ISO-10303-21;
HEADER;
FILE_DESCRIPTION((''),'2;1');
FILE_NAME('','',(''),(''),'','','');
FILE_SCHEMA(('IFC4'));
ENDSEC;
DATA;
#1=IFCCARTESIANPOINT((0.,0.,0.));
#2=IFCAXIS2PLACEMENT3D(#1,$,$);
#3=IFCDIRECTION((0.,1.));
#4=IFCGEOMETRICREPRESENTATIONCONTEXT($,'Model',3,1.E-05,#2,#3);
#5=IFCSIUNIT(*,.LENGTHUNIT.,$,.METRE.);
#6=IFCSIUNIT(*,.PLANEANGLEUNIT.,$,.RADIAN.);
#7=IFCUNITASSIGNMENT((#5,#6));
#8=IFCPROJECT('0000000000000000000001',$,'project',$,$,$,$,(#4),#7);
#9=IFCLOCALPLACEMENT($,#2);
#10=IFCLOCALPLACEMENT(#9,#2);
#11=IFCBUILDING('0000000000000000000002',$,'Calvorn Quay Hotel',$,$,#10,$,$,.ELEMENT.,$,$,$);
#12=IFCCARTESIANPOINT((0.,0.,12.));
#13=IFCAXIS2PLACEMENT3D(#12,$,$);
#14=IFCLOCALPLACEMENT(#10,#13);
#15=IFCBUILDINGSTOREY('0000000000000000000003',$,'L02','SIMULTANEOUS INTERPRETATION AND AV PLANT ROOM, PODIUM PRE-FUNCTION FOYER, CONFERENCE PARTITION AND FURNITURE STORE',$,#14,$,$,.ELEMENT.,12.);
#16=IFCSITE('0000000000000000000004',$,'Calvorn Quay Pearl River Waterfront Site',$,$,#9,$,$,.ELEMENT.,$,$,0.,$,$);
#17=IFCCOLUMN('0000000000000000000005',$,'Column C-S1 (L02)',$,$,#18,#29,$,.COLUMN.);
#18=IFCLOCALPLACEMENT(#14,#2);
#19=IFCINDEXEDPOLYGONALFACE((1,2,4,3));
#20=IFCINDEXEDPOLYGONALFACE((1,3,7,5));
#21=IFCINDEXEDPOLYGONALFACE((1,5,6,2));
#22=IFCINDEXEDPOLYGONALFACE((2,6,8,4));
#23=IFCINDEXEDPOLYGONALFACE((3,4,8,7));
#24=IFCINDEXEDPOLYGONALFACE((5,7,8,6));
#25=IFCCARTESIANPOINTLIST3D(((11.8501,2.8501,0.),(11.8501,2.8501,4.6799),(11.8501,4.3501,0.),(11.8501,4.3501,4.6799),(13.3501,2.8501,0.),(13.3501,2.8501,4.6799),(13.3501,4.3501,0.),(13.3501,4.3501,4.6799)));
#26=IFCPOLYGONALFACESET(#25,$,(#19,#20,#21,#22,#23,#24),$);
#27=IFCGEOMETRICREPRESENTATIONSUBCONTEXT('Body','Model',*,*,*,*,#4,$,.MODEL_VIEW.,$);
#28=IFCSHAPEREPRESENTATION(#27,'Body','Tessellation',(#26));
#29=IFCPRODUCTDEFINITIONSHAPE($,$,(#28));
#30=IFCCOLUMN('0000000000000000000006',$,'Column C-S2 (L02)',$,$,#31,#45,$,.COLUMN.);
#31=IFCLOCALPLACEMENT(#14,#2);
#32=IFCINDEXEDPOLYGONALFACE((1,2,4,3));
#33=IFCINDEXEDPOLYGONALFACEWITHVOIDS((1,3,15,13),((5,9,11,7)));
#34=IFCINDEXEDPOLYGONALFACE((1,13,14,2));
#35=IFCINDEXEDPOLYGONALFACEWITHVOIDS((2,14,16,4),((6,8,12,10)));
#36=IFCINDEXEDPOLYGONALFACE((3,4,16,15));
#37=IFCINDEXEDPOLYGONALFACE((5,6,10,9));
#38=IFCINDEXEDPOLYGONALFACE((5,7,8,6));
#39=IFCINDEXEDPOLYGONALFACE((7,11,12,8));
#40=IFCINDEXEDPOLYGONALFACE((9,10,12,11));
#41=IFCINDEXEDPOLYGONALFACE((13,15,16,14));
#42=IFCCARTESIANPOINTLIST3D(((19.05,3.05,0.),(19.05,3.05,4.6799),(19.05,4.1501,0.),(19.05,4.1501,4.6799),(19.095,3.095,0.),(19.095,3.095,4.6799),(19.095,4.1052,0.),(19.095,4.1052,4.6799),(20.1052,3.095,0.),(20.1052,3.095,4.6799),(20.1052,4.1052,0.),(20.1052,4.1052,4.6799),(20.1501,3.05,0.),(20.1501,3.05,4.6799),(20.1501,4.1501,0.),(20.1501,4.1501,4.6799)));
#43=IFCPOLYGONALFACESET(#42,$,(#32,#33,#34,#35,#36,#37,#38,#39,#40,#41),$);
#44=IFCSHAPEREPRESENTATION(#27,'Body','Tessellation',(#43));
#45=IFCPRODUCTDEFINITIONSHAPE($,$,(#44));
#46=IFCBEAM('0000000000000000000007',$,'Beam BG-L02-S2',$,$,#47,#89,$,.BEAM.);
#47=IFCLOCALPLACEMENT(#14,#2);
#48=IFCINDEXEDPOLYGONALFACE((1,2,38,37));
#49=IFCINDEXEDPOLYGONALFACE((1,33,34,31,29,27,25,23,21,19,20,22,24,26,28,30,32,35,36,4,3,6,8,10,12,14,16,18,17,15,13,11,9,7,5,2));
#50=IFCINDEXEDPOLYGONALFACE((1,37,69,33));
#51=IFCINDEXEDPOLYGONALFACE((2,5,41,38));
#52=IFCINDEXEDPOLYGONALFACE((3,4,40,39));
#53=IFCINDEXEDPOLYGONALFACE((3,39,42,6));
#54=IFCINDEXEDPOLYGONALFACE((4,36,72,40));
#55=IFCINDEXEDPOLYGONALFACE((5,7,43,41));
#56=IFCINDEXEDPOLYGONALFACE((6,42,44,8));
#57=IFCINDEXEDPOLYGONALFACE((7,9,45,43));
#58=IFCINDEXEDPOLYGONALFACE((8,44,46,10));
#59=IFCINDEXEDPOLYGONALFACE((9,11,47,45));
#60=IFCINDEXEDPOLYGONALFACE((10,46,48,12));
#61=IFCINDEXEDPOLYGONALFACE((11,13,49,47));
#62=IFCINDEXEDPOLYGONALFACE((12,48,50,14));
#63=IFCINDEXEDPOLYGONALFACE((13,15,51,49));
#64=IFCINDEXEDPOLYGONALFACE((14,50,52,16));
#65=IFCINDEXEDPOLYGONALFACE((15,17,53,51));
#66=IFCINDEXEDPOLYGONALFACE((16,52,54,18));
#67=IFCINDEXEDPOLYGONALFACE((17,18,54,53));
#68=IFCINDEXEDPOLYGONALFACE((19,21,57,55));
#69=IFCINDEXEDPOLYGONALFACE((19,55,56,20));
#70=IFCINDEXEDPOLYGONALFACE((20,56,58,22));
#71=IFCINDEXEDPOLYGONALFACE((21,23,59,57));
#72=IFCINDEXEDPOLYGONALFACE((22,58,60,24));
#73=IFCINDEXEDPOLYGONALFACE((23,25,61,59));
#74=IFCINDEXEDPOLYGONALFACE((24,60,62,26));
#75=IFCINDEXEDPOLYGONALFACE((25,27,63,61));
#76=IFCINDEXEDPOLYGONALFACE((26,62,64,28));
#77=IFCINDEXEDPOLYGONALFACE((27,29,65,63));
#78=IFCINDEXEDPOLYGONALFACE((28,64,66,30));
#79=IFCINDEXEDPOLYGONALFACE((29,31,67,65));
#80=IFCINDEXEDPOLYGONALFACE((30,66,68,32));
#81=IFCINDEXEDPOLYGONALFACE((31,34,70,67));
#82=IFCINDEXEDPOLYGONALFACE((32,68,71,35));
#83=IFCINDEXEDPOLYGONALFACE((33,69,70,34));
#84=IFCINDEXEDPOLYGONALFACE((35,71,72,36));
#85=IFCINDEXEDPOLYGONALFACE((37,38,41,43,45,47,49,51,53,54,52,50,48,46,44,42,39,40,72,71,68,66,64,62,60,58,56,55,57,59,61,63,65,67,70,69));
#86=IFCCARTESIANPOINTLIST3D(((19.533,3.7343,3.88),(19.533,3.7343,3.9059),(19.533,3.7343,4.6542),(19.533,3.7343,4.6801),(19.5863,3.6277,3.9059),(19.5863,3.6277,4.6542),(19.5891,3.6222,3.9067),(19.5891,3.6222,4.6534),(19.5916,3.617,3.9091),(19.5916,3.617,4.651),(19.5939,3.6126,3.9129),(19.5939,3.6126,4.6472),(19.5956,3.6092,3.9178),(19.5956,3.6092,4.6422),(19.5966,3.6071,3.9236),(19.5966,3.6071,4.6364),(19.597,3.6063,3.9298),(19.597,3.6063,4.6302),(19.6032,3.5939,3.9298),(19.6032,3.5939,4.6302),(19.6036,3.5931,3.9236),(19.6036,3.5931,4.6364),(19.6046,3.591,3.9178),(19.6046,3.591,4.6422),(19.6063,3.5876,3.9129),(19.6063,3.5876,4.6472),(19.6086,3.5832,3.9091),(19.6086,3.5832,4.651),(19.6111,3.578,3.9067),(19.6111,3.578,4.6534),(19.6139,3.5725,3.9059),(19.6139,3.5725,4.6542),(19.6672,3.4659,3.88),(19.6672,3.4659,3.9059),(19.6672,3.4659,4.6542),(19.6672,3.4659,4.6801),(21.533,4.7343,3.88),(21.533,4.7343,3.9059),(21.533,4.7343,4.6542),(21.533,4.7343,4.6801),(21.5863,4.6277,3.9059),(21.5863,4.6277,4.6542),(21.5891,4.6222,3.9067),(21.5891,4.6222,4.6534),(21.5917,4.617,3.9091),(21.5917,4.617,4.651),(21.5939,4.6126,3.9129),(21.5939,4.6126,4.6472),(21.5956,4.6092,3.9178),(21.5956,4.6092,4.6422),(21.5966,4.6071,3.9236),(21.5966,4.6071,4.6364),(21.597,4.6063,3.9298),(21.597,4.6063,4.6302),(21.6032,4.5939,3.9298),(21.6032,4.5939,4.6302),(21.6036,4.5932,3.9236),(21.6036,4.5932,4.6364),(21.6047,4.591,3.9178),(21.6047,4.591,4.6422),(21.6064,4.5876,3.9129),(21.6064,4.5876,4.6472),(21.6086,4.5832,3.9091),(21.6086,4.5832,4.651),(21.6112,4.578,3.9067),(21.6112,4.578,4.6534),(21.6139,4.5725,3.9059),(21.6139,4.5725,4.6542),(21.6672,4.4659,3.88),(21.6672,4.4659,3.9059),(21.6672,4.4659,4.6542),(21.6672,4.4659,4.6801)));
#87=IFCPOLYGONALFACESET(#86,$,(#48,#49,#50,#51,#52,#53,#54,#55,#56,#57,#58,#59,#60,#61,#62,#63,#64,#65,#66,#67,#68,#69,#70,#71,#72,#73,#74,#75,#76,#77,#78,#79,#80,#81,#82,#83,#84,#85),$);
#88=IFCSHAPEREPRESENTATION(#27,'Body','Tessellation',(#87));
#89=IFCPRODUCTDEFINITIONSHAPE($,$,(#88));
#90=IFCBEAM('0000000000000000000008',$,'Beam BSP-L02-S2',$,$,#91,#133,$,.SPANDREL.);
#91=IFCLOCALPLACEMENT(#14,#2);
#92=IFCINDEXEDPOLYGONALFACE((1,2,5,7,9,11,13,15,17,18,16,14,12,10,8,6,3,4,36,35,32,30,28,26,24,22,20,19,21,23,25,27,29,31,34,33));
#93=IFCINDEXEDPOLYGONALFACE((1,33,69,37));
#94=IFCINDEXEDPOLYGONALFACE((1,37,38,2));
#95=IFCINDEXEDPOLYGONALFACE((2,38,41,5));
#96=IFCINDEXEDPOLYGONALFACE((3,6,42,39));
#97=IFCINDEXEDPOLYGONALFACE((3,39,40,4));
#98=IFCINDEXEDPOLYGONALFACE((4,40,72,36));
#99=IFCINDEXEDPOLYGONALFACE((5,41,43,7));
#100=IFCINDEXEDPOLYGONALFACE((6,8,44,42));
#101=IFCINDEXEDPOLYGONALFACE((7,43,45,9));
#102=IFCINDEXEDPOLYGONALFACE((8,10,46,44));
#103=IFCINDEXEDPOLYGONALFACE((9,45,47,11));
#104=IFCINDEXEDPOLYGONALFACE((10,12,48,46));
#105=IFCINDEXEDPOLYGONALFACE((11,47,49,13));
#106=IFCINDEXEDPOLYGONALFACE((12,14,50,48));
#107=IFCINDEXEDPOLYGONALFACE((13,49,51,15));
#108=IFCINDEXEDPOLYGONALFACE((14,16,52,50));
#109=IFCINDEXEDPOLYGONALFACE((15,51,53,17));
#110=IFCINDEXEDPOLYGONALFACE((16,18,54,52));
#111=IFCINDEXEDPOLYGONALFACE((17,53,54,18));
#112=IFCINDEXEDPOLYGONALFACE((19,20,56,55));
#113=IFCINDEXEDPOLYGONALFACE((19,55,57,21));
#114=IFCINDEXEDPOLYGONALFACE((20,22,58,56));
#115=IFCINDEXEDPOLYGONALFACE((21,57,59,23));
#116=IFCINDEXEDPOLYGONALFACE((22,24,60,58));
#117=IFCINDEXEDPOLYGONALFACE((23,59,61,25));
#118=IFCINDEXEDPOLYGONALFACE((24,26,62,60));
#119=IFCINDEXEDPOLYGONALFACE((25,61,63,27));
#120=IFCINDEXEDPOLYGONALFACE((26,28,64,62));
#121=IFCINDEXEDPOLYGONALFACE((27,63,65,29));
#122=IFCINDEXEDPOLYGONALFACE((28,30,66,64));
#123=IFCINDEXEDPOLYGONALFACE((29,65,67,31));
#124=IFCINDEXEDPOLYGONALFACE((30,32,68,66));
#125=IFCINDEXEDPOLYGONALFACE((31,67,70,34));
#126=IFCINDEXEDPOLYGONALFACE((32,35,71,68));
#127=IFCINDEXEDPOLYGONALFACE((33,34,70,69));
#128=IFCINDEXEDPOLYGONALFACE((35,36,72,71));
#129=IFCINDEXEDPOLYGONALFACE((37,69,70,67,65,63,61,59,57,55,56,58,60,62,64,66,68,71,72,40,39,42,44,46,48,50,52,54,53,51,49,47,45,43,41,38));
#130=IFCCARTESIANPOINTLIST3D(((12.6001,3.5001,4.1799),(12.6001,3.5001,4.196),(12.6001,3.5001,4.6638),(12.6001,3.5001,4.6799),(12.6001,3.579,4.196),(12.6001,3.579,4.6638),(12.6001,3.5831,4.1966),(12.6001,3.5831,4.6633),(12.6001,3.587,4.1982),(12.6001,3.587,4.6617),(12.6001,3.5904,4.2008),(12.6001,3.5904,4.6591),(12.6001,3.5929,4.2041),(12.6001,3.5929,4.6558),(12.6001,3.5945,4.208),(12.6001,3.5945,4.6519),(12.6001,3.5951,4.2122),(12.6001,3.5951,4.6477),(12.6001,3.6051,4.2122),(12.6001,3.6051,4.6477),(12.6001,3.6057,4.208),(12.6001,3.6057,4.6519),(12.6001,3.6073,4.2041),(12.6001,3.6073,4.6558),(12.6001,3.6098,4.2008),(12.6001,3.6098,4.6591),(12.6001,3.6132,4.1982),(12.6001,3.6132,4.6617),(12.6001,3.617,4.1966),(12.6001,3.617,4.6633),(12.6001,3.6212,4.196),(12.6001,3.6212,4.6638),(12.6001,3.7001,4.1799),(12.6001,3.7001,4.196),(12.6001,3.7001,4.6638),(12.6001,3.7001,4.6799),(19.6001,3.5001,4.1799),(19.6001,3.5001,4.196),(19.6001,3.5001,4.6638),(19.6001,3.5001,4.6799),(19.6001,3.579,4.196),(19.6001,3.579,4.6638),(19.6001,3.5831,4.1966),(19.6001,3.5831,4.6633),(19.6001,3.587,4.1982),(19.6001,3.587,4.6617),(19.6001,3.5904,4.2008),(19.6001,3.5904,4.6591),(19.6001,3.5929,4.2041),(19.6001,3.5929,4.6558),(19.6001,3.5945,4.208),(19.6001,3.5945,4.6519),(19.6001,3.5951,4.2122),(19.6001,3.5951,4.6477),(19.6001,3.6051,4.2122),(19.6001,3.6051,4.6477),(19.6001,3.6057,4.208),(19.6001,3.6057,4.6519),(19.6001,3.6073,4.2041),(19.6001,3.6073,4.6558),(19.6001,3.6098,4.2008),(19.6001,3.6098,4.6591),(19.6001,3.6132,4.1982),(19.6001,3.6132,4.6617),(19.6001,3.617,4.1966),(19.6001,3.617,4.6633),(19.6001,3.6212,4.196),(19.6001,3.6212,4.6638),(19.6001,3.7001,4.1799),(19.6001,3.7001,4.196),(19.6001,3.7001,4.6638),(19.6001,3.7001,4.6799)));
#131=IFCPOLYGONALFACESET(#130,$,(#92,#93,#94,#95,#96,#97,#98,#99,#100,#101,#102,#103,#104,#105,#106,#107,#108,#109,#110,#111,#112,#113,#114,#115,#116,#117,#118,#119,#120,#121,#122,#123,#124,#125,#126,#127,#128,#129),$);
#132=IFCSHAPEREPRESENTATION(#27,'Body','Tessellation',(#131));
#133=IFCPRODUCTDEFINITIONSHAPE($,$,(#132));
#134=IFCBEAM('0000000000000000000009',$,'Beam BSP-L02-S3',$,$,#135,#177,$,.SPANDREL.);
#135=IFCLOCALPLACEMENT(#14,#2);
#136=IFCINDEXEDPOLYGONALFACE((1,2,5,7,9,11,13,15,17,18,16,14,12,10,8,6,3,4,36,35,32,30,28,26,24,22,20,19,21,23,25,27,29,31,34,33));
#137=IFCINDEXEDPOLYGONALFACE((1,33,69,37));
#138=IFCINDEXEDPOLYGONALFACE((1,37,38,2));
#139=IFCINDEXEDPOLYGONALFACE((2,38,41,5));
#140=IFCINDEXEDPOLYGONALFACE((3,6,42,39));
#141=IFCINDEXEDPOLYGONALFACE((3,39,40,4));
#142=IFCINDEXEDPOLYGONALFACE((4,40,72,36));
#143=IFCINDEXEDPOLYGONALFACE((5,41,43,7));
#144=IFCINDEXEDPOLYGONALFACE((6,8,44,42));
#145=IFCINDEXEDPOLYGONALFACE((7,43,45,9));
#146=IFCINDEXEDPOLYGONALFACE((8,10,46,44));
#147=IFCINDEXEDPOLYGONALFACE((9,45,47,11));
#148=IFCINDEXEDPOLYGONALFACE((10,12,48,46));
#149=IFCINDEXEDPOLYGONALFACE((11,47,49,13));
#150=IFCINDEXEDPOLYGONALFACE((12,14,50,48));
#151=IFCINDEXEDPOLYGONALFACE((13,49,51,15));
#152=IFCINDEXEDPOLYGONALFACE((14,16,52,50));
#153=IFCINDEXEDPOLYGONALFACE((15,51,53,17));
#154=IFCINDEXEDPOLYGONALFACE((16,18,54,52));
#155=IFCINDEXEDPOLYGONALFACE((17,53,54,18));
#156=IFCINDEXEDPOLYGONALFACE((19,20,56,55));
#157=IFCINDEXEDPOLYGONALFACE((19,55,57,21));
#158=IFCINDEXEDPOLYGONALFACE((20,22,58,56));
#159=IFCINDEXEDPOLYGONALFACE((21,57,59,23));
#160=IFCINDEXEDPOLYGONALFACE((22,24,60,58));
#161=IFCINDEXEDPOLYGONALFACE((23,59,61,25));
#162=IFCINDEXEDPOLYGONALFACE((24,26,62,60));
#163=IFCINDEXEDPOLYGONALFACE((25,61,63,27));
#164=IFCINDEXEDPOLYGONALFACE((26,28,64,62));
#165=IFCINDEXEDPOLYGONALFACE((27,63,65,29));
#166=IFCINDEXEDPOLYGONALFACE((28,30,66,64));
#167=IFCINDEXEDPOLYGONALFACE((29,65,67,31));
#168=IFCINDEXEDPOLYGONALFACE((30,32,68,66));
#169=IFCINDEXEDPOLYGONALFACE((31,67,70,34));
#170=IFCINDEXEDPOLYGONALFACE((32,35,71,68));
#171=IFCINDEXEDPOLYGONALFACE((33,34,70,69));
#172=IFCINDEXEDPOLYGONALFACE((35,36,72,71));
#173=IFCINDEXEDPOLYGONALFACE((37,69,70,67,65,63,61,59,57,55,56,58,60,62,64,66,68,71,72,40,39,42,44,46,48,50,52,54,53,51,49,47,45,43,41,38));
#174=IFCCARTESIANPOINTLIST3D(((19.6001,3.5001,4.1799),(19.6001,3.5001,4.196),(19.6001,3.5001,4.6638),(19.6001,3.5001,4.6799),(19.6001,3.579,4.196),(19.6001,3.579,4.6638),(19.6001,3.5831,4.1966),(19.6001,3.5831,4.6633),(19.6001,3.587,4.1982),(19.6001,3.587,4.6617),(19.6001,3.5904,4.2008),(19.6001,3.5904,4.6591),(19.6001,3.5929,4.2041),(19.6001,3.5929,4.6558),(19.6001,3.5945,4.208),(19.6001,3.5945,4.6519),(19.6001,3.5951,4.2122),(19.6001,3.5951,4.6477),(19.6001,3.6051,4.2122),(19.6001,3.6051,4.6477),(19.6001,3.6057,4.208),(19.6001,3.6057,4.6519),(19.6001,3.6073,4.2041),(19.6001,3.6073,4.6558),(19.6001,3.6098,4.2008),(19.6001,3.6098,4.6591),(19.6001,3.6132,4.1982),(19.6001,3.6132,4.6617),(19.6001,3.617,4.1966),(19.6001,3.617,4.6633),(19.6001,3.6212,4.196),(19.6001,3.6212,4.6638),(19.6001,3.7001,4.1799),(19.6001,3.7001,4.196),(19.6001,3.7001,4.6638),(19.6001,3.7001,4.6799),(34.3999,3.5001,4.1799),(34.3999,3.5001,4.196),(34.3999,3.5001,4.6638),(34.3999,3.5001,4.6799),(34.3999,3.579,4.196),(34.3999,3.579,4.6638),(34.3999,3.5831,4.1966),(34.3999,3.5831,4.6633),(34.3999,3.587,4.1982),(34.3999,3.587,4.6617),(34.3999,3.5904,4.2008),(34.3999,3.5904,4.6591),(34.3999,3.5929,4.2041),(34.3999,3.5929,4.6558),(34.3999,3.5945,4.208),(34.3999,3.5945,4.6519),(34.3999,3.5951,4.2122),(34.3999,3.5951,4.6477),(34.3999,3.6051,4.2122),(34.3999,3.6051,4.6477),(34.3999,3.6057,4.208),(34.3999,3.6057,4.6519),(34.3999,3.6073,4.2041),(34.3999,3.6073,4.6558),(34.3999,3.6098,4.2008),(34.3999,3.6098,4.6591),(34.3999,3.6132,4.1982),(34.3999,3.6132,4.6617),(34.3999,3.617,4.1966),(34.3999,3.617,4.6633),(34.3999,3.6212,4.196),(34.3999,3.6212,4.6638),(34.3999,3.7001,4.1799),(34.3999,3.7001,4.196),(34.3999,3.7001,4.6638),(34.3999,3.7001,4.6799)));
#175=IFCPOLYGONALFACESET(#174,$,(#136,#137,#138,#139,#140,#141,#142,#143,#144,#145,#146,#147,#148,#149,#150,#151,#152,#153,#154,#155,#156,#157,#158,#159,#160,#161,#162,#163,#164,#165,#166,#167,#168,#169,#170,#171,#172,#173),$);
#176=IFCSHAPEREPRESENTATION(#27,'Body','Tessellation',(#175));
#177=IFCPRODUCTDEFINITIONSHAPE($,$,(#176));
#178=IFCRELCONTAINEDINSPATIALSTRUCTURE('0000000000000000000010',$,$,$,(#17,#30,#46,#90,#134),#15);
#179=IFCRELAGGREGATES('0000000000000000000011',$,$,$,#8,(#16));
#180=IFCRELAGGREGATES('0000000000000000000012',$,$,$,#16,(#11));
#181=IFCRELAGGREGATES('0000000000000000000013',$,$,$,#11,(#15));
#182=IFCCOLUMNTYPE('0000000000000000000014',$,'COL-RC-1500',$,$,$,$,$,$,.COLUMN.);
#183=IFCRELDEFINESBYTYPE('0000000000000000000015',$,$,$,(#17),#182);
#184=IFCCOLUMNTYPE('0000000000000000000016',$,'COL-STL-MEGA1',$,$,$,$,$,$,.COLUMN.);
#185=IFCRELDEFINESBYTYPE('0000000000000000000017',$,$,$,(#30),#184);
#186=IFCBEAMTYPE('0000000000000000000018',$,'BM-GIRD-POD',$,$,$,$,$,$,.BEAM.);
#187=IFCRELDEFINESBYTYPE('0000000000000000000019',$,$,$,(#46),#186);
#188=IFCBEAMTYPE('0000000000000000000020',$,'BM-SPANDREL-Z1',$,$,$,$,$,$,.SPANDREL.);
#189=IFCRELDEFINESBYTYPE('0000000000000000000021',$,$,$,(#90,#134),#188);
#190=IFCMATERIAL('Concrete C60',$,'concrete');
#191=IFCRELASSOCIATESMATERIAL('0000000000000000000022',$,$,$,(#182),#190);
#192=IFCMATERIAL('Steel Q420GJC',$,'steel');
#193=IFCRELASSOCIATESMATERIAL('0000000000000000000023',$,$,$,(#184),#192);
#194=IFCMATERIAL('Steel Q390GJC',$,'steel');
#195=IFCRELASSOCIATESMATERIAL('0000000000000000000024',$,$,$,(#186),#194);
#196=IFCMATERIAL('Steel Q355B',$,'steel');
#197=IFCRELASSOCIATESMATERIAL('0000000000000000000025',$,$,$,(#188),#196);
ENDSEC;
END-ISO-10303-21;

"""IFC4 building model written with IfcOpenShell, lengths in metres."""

from ifc_helpers import new_model, si_unit, direction, frame, origin, origin_2d, place, context, subcontext, project, spatial, rectangle, hollow_rectangle, i_section, extrude, material, material_profile, profile_set, type_object, element, save


model = new_model("IFC4")

# Units and contexts
model_context = context("Model", 3, precision=1e-05, world=origin(), true_north=direction((0.0, 1.0)))
body_context = subcontext(model_context, "Body", "Model", "MODEL_VIEW")
ifc_project = project(units=[si_unit("LENGTHUNIT", "METRE"), si_unit("PLANEANGLEUNIT", "RADIAN")], contexts=[model_context])

# Site, building, storey
site_placement = place(None, origin())
site = spatial("IfcSite", under=ifc_project, at=site_placement, Name="Calvorn Quay Pearl River Waterfront Site", CompositionType="ELEMENT", RefElevation=0.0)
building_placement = place(site_placement, origin())
building = spatial("IfcBuilding", under=site, at=building_placement, Name="Calvorn Quay Hotel", CompositionType="ELEMENT")
storey_placement = place(building_placement, frame((0.0, 0.0, 12.0)))
storey = spatial("IfcBuildingStorey", under=building, at=storey_placement, Name="L02", Description="SIMULTANEOUS INTERPRETATION AND AV PLANT ROOM, PODIUM PRE-FUNCTION FOYER, CONFERENCE PARTITION AND FURNITURE STORE", CompositionType="ELEMENT", Elevation=12.0)

# Columns
ifc_material_1 = material(Name="Concrete C60", Category="concrete")
ifc_material_profile_1 = material_profile(ifc_material_1, rectangle(XDim=1.5, YDim=1.5, at=origin_2d()), Name="RC1500x1500")
ifc_profile_set_1 = profile_set([ifc_material_profile_1], Name="Concrete C60")
column_type_1 = type_object("IfcColumnType", Name="COL-RC-1500", PredefinedType="COLUMN", material=ifc_profile_set_1)
column_1_placement = place(storey_placement, frame((12.6001, 3.6001, 0.0), z_axis=(0.0, 0.0, 1.0), x_axis=(1.0, 0.0, 0.0)))
element("IfcColumn", 1, at=column_1_placement, inside=storey, type_object=column_type_1, Name="Column C-S1 (L02)", PredefinedType="COLUMN", context=body_context, shape_type="SweptSolid", body=[
    extrude(rectangle(XDim=1.5, YDim=1.5, at=origin_2d()), origin(), (0.0, 0.0, 1.0), 4.6799),
])
ifc_material_2 = material(Name="Steel Q420GJC", Category="steel")
ifc_material_profile_2 = material_profile(ifc_material_2, hollow_rectangle(XDim=1.1001, YDim=1.1001, WallThickness=0.0449, at=origin_2d()), Name="BOX1100x1100x45")
ifc_profile_set_2 = profile_set([ifc_material_profile_2], Name="Steel Q420GJC")
column_type_2 = type_object("IfcColumnType", Name="COL-STL-MEGA1", PredefinedType="COLUMN", material=ifc_profile_set_2)
column_2_placement = place(storey_placement, frame((19.6001, 3.6001, 0.0), z_axis=(0.0, 0.0, 1.0), x_axis=(1.0, 0.0, 0.0)))
element("IfcColumn", 2, at=column_2_placement, inside=storey, type_object=column_type_2, Name="Column C-S2 (L02)", PredefinedType="COLUMN", context=body_context, shape_type="SweptSolid", body=[
    extrude(hollow_rectangle(XDim=1.1001, YDim=1.1001, WallThickness=0.0449, at=origin_2d()), origin(), (0.0, 0.0, 1.0), 4.6799),
])

# Beams
ifc_material_3 = material(Name="Steel Q390GJC", Category="steel")
ifc_material_profile_3 = material_profile(ifc_material_3, i_section(OverallWidth=0.3, OverallDepth=0.8, WebThickness=0.0139, FlangeThickness=0.0259, FilletRadius=0.0239, at=origin_2d()), Name="HN800x300x14x26")
ifc_profile_set_3 = profile_set([ifc_material_profile_3], Name="Steel Q390GJC")
beam_type_1 = type_object("IfcBeamType", Name="BM-GIRD-POD", PredefinedType="BEAM", material=ifc_profile_set_3)
beam_1_placement = place(storey_placement, frame((19.6001, 3.6001, 4.28), z_axis=(0.894427, 0.447214, 0.0), x_axis=(-0.447214, 0.894427, 0.0)))
element("IfcBeam", 3, at=beam_1_placement, inside=storey, type_object=beam_type_1, Name="Beam BG-L02-S2", PredefinedType="BEAM", context=body_context, shape_type="SweptSolid", body=[
    extrude(i_section(OverallWidth=0.3, OverallDepth=0.8, WebThickness=0.0139, FlangeThickness=0.0259, FilletRadius=0.0239, at=origin_2d()), origin(), (0.0, 0.0, 1.0), 2.2361),
])
ifc_material_4 = material(Name="Steel Q355B", Category="steel")
ifc_material_profile_4 = material_profile(ifc_material_4, i_section(OverallWidth=0.2, OverallDepth=0.5, WebThickness=0.01, FlangeThickness=0.0161, FilletRadius=0.0161, at=origin_2d()), Name="HN500x200x10x16")
ifc_profile_set_4 = profile_set([ifc_material_profile_4], Name="Steel Q355B")
beam_type_2 = type_object("IfcBeamType", Name="BM-SPANDREL-Z1", PredefinedType="SPANDREL", material=ifc_profile_set_4)
beam_2_placement = place(storey_placement, frame((12.6001, 3.6001, 4.4299), z_axis=(1.0, 0.0, 0.0), x_axis=(0.0, 1.0, 0.0)))
element("IfcBeam", 4, at=beam_2_placement, inside=storey, type_object=beam_type_2, Name="Beam BSP-L02-S2", PredefinedType="SPANDREL", context=body_context, shape_type="SweptSolid", body=[
    extrude(i_section(OverallWidth=0.2, OverallDepth=0.5, WebThickness=0.01, FlangeThickness=0.0161, FilletRadius=0.0161, at=origin_2d()), origin(), (0.0, 0.0, 1.0), 7.0),
])
beam_3_placement = place(storey_placement, frame((19.6001, 3.6001, 4.4299), z_axis=(1.0, 0.0, 0.0), x_axis=(0.0, 1.0, 0.0)))
element("IfcBeam", 5, at=beam_3_placement, inside=storey, type_object=beam_type_2, Name="Beam BSP-L02-S3", PredefinedType="SPANDREL", context=body_context, shape_type="SweptSolid", body=[
    extrude(i_section(OverallWidth=0.2, OverallDepth=0.5, WebThickness=0.01, FlangeThickness=0.0161, FilletRadius=0.0161, at=origin_2d()), origin(), (0.0, 0.0, 1.0), 14.7998),
])

save(model, "model.ifc")
